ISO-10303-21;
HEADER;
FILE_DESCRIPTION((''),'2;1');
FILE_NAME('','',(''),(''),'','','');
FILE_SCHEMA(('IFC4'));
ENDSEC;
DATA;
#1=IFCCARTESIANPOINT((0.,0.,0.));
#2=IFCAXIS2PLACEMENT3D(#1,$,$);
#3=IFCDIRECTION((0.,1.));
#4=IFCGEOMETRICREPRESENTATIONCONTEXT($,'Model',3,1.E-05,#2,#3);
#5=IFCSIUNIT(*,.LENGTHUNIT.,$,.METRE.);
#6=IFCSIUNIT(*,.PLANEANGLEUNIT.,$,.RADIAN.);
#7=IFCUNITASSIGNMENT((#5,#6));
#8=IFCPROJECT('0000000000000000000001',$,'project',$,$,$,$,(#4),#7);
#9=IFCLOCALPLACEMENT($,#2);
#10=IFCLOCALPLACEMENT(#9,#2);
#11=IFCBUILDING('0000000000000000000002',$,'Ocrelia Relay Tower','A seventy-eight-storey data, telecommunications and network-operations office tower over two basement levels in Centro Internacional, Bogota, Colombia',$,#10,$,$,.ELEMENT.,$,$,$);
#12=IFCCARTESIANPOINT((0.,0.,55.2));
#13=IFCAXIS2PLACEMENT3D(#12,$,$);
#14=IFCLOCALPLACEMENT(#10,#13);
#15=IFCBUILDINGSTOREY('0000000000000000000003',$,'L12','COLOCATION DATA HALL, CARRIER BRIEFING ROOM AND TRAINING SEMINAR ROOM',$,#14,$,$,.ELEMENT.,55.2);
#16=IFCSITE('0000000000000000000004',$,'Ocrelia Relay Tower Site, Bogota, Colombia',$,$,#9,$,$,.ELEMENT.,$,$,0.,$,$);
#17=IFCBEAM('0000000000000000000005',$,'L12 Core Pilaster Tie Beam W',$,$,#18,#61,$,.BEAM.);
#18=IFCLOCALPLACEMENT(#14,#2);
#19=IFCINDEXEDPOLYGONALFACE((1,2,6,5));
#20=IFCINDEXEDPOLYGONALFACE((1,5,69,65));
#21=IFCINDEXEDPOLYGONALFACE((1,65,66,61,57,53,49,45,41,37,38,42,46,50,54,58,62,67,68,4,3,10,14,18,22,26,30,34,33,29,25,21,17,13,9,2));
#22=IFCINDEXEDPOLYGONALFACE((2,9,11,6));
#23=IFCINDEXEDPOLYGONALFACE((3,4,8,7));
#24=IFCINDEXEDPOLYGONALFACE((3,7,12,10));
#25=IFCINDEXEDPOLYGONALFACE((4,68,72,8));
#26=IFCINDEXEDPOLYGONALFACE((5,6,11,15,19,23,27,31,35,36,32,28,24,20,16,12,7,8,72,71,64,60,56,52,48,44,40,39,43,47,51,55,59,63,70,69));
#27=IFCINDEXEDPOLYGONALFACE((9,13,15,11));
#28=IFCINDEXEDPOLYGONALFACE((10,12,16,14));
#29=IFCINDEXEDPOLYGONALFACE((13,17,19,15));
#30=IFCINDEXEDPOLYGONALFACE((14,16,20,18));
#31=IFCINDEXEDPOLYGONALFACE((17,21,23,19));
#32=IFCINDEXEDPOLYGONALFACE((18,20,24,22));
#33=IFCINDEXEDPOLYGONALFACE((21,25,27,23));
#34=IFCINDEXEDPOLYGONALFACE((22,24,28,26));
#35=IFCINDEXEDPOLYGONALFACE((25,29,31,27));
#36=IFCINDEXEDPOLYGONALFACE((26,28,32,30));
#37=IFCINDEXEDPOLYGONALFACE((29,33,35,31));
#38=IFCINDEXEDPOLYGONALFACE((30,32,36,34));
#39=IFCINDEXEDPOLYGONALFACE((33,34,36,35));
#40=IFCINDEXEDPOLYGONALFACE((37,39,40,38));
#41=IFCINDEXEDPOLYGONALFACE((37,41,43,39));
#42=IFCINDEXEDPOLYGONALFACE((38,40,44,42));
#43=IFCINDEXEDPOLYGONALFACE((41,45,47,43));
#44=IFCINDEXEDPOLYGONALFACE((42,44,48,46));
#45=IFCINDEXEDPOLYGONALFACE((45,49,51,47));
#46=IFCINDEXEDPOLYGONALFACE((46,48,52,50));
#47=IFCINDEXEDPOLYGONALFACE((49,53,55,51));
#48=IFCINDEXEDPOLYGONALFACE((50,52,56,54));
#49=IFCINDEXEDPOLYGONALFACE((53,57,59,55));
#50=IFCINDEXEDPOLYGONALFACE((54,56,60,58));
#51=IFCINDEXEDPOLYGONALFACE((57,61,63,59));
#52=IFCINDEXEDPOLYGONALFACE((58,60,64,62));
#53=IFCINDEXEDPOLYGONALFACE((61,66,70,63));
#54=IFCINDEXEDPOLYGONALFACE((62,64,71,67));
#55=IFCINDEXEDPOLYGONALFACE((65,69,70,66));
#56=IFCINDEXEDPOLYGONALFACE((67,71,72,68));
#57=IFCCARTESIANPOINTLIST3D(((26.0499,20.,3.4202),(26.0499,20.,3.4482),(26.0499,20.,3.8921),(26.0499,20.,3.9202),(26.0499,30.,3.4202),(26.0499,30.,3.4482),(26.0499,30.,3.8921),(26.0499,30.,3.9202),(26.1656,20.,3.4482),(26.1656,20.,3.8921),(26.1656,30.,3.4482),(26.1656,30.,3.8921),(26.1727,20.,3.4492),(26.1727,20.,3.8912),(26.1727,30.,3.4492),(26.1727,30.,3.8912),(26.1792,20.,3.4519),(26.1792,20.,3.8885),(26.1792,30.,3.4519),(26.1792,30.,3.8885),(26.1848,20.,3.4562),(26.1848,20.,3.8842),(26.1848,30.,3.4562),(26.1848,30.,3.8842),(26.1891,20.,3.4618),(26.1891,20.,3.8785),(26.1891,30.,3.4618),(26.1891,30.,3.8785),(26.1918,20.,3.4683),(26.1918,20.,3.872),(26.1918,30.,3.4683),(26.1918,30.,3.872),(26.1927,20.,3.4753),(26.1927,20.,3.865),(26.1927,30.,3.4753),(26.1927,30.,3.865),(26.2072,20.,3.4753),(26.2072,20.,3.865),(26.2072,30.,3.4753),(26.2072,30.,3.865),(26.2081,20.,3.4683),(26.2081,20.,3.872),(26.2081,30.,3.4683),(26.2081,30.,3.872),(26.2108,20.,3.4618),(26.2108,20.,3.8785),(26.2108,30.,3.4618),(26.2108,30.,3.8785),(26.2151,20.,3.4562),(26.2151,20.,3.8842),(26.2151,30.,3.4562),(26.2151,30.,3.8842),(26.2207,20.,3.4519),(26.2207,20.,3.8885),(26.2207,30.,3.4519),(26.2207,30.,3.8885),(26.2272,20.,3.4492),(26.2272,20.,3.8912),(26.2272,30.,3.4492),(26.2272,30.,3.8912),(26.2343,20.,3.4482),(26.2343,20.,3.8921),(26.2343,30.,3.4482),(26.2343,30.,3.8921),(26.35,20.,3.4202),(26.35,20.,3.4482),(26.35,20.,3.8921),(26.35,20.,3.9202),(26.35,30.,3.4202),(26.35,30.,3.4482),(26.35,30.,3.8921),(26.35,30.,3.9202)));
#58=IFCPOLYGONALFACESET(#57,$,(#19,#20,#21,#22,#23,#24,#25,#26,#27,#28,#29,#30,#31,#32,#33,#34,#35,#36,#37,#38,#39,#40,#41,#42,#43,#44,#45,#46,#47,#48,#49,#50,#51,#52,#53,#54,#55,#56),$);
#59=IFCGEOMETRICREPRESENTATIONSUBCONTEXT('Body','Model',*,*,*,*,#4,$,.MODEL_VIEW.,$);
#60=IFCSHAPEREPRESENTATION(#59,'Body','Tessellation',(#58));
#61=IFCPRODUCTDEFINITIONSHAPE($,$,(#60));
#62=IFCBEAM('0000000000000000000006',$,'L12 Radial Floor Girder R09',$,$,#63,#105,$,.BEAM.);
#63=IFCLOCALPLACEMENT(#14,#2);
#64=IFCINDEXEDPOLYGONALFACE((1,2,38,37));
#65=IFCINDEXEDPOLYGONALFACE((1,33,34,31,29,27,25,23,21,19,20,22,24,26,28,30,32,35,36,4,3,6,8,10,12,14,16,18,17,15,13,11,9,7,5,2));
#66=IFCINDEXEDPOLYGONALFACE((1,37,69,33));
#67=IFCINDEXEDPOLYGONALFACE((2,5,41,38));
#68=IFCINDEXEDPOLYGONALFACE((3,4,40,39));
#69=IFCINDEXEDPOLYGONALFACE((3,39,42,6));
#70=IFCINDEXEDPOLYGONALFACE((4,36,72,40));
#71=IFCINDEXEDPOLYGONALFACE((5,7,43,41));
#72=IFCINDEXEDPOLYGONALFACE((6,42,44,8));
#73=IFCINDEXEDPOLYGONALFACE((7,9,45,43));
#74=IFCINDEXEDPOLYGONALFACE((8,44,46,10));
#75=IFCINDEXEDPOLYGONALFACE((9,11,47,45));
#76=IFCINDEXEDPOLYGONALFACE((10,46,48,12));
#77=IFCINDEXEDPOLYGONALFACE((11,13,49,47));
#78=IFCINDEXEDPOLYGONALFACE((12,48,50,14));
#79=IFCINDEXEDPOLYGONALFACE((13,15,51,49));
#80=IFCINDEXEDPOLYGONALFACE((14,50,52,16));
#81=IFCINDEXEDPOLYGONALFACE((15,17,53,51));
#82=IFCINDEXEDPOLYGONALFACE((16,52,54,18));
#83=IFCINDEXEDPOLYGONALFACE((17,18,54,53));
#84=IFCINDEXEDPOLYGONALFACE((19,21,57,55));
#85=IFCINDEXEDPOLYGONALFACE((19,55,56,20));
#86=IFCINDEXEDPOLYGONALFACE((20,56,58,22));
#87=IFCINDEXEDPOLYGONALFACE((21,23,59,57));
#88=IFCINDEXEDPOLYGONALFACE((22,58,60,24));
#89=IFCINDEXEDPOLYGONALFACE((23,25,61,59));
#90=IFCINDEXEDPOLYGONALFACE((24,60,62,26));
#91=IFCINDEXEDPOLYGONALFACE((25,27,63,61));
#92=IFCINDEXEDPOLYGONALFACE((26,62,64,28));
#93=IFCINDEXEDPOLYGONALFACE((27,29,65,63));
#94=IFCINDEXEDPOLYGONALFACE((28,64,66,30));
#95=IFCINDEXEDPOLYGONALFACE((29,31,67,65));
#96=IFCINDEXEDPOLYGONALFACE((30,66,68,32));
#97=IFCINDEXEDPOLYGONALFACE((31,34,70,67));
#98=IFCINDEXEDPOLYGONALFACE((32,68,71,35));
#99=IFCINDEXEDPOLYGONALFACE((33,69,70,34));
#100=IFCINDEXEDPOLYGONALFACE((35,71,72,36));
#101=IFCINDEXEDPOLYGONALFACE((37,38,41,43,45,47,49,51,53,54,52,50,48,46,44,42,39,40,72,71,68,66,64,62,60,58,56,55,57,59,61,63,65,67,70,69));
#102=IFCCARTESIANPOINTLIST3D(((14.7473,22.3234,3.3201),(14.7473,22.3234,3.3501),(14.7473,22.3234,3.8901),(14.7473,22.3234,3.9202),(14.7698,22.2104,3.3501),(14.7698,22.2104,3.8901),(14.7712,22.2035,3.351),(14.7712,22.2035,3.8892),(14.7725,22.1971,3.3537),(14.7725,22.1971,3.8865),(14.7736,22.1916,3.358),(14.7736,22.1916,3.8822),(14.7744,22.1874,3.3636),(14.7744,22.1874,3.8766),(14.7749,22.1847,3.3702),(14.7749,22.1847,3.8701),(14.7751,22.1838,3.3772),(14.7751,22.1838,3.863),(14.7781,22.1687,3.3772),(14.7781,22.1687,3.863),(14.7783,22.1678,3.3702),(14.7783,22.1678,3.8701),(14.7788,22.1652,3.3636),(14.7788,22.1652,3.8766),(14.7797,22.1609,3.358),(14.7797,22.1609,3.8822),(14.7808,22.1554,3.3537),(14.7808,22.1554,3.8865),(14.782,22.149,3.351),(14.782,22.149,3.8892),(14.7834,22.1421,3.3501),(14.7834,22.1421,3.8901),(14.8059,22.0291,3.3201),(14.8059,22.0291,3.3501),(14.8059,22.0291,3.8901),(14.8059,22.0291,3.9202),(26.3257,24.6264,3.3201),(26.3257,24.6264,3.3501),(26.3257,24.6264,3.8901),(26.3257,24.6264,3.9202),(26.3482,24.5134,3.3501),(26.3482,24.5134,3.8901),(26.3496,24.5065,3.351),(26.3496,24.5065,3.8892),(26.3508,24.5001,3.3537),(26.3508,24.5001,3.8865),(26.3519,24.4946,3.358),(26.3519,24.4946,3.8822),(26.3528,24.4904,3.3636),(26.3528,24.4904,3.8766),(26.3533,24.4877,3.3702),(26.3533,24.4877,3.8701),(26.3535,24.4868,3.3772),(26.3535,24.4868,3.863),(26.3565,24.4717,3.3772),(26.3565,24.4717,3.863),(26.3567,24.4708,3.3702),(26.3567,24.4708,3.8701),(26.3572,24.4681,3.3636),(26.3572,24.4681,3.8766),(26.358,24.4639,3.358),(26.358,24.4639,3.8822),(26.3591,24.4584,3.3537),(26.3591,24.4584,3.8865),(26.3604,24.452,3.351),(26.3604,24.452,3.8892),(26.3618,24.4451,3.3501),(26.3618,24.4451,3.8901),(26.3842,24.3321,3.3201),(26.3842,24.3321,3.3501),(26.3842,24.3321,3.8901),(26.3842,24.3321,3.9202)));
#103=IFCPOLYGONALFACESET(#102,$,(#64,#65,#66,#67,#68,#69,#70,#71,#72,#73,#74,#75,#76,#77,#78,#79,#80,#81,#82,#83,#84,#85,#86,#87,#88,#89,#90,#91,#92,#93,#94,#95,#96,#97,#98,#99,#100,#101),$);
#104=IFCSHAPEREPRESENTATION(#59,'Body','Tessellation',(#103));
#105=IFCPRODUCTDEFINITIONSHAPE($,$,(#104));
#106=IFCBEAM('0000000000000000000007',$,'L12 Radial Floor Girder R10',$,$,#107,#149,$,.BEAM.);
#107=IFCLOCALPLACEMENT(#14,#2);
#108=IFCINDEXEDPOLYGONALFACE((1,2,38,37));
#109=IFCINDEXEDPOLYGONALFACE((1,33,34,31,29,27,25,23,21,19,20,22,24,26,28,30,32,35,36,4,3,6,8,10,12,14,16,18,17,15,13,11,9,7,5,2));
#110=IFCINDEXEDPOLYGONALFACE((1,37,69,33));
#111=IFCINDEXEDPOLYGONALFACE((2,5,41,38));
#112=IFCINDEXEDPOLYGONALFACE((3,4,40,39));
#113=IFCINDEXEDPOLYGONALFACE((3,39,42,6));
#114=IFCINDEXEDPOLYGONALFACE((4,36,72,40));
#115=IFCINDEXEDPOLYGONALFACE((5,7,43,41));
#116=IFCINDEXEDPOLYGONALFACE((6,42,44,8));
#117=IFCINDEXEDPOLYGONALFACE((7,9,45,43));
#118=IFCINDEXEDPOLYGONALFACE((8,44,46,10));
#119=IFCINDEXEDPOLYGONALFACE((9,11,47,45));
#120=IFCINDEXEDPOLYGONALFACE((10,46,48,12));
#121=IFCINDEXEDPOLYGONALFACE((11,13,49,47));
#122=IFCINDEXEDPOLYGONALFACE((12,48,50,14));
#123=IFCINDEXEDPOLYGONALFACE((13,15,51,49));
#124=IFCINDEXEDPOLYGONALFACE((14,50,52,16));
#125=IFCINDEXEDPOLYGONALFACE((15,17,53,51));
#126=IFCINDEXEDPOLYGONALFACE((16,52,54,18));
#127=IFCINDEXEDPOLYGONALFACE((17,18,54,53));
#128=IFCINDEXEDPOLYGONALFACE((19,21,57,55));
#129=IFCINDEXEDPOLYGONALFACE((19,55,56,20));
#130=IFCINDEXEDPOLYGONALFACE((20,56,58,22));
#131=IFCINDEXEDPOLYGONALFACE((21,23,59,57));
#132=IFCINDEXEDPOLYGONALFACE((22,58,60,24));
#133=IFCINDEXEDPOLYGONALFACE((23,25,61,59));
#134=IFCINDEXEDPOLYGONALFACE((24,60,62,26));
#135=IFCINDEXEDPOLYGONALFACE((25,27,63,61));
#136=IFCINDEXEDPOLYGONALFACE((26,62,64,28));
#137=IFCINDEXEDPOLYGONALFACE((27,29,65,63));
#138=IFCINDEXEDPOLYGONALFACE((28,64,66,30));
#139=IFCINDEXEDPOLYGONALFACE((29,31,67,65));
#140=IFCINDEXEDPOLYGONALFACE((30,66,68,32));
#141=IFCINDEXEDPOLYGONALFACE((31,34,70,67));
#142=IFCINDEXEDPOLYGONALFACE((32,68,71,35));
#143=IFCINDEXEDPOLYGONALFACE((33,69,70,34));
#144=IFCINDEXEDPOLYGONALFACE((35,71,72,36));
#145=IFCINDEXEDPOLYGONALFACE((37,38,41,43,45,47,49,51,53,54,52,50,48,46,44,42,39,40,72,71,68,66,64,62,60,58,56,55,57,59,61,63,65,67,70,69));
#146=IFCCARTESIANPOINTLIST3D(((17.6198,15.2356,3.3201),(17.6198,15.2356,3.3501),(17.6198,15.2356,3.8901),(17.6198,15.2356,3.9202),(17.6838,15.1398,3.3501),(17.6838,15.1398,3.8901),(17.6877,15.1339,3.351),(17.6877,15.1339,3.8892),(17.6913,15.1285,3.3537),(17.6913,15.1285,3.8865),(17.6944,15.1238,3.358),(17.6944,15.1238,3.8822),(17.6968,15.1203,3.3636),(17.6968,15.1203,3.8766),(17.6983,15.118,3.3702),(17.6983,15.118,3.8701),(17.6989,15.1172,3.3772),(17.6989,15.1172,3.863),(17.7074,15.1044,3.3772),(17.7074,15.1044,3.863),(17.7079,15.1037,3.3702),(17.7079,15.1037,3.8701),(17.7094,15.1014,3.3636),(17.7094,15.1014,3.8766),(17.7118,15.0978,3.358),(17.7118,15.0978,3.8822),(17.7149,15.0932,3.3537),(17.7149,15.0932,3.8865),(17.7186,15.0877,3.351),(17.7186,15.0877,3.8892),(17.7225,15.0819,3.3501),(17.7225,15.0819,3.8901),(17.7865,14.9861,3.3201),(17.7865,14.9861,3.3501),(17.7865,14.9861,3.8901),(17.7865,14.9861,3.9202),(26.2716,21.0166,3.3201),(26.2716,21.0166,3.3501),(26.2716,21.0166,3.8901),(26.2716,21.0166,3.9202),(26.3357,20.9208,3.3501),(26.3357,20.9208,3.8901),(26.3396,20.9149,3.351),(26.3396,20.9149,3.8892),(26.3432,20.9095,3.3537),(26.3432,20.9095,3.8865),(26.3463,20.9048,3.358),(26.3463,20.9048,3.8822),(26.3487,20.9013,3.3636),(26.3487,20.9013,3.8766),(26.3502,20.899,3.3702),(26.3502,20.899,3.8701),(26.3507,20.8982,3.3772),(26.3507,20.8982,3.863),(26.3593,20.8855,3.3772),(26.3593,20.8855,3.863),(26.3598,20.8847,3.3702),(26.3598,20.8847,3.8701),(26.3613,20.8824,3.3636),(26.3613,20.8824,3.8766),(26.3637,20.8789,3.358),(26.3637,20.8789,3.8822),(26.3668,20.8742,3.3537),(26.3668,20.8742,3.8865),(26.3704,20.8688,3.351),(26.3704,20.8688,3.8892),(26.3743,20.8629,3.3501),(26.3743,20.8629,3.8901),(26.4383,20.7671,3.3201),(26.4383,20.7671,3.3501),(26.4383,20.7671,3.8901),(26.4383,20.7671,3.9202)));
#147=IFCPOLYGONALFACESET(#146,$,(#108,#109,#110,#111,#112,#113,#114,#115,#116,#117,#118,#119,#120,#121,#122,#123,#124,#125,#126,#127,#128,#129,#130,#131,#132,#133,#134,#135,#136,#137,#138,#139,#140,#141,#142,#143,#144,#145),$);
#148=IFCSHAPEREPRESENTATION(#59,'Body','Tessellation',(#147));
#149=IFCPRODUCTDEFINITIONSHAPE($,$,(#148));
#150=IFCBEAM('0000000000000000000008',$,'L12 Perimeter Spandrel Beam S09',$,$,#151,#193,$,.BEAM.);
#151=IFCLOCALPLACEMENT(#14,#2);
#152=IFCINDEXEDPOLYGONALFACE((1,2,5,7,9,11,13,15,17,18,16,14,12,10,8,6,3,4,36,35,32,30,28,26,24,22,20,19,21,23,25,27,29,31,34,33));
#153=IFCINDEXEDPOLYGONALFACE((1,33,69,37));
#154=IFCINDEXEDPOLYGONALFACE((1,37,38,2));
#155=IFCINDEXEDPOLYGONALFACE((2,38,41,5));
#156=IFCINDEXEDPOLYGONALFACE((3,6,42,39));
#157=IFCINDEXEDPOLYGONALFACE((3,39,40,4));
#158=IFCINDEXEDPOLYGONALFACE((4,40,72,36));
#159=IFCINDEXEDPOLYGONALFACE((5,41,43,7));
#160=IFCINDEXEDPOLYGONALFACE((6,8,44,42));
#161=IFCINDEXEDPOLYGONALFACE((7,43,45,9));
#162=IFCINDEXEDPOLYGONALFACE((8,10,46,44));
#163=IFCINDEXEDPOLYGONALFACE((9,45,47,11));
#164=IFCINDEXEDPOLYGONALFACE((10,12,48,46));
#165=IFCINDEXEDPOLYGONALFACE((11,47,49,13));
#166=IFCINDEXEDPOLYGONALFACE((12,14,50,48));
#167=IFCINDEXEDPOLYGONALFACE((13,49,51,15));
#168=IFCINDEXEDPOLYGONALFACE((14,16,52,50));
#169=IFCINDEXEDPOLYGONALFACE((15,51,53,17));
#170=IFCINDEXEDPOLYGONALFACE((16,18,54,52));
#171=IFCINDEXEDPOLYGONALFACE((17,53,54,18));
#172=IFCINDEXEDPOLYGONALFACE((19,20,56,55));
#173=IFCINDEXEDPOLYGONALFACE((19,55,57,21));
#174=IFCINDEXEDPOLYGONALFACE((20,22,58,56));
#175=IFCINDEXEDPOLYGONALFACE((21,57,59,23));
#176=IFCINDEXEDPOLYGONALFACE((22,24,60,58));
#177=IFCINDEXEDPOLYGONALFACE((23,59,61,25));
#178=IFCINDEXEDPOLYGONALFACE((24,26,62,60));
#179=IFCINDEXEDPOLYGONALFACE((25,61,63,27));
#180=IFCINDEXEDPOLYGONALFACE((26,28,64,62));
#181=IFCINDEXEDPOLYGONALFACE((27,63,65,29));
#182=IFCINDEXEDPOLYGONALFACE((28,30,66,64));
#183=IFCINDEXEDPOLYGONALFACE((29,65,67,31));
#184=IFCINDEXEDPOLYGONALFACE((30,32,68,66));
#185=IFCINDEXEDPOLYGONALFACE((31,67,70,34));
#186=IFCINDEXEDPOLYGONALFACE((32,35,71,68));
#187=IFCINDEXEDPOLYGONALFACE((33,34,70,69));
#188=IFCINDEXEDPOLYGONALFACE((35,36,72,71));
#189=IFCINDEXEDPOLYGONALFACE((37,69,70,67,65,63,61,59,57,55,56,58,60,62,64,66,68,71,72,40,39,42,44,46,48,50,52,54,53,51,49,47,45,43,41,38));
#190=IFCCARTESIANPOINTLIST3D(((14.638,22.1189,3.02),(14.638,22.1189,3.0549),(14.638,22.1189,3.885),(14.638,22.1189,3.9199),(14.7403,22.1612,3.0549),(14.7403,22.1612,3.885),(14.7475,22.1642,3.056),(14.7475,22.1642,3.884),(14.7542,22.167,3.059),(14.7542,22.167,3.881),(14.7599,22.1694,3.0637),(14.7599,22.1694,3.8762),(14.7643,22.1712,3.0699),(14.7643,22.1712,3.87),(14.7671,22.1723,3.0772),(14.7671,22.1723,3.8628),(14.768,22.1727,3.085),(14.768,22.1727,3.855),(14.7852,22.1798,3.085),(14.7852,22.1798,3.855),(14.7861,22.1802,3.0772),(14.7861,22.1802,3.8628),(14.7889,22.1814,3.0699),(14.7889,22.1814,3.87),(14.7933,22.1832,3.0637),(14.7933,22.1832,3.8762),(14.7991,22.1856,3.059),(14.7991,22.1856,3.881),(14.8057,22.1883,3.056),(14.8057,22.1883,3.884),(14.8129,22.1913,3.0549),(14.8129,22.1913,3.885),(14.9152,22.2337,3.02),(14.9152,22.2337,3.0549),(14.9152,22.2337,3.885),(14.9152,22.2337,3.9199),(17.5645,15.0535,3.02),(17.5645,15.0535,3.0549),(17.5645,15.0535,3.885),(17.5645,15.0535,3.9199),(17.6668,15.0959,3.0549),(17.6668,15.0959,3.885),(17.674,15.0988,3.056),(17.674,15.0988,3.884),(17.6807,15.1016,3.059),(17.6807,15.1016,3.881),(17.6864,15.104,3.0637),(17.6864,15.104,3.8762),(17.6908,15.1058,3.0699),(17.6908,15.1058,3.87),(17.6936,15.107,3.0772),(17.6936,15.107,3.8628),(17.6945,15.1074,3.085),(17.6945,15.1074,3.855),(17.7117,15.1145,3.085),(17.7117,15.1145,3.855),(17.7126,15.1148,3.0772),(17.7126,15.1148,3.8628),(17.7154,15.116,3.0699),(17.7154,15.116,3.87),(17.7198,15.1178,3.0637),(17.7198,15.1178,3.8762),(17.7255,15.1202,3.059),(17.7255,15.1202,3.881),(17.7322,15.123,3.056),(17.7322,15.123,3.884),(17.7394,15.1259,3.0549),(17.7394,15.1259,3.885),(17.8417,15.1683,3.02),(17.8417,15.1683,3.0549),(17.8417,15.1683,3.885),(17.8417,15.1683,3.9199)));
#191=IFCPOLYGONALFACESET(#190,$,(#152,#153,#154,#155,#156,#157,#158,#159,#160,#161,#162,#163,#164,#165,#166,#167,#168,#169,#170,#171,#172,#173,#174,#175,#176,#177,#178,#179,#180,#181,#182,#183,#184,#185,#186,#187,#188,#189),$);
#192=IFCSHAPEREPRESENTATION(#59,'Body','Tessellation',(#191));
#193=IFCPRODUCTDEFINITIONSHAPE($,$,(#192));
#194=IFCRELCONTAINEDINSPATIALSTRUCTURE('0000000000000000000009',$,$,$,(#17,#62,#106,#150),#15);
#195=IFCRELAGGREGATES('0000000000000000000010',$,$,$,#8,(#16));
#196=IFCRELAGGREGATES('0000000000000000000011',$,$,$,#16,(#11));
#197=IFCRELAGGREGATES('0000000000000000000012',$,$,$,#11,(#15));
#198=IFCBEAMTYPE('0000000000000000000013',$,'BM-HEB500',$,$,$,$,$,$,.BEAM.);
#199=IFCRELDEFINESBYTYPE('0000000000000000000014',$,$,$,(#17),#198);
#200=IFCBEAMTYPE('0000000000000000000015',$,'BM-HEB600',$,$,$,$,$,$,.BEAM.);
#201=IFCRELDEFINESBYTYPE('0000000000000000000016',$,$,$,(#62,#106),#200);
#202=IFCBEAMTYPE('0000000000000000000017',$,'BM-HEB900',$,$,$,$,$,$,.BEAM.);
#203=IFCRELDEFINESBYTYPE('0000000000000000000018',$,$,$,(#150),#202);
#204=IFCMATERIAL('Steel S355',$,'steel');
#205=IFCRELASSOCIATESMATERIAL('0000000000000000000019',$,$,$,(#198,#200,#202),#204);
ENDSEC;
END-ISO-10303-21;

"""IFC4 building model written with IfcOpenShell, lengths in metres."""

from ifc_helpers import new_model, si_unit, direction, frame, origin, origin_2d, place, context, subcontext, project, spatial, i_section, extrude, material, material_profile, profile_set, type_object, element, save


model = new_model("IFC4")

# Units and contexts
model_context = context("Model", 3, precision=1e-05, world=origin(), true_north=direction((0.0, 1.0)))
body_context = subcontext(model_context, "Body", "Model", "MODEL_VIEW")
ifc_project = project(units=[si_unit("LENGTHUNIT", "METRE"), si_unit("PLANEANGLEUNIT", "RADIAN")], contexts=[model_context])

# Site, building, storey
site_placement = place(None, origin())
site = spatial("IfcSite", under=ifc_project, at=site_placement, Name="Ocrelia Relay Tower Site, Bogota, Colombia", CompositionType="ELEMENT", RefElevation=0.0)
building_placement = place(site_placement, origin())
building = spatial("IfcBuilding", under=site, at=building_placement, Name="Ocrelia Relay Tower", Description="A seventy-eight-storey data, telecommunications and network-operations office tower over two basement levels in Centro Internacional, Bogota, Colombia", CompositionType="ELEMENT")
storey_placement = place(building_placement, frame((0.0, 0.0, 55.2)))
storey = spatial("IfcBuildingStorey", under=building, at=storey_placement, Name="L12", Description="COLOCATION DATA HALL, CARRIER BRIEFING ROOM AND TRAINING SEMINAR ROOM", CompositionType="ELEMENT", Elevation=55.2)

# Beams
ifc_material_1 = material(Name="Steel S355", Category="steel")
ifc_material_profile_1 = material_profile(ifc_material_1, i_section(OverallWidth=0.3, OverallDepth=0.5, WebThickness=0.0144, FlangeThickness=0.0281, FilletRadius=0.0271, at=origin_2d()), Name="HEB 500")
ifc_profile_set_1 = profile_set([ifc_material_profile_1], Name="Steel S355")
beam_type_1 = type_object("IfcBeamType", Name="BM-HEB500", PredefinedType="BEAM", material=ifc_profile_set_1)
beam_1_placement = place(storey_placement, frame((26.2, 20.0, 3.6702), z_axis=(0.0, 1.0, 0.0), x_axis=(-1.0, 0.0, 0.0)))
element("IfcBeam", 1, at=beam_1_placement, inside=storey, type_object=beam_type_1, Name="L12 Core Pilaster Tie Beam W", PredefinedType="BEAM", context=body_context, shape_type="SweptSolid", body=[
    extrude(i_section(OverallWidth=0.3, OverallDepth=0.5, WebThickness=0.0144, FlangeThickness=0.0281, FilletRadius=0.0271, at=origin_2d()), origin(), (0.0, 0.0, 1.0), 10.0),
])
ifc_material_profile_2 = material_profile(ifc_material_1, i_section(OverallWidth=0.3, OverallDepth=0.6001, WebThickness=0.0154, FlangeThickness=0.03, FilletRadius=0.0271, at=origin_2d()), Name="HEB 600")
ifc_profile_set_2 = profile_set([ifc_material_profile_2], Name="Steel S355")
beam_type_2 = type_object("IfcBeamType", Name="BM-HEB600", PredefinedType="BEAM", material=ifc_profile_set_2)
beam_2_placement = place(storey_placement, frame((14.7766, 22.1763, 3.6201), z_axis=(0.980787, 0.195082, 0.0), x_axis=(-0.195082, 0.980787, 0.0)))
element("IfcBeam", 2, at=beam_2_placement, inside=storey, type_object=beam_type_2, Name="L12 Radial Floor Girder R09", PredefinedType="BEAM", context=body_context, shape_type="SweptSolid", body=[
    extrude(i_section(OverallWidth=0.3, OverallDepth=0.6001, WebThickness=0.0154, FlangeThickness=0.03, FilletRadius=0.0271, at=origin_2d()), origin(), (0.0, 0.0, 1.0), 11.8052),
])
beam_3_placement = place(storey_placement, frame((17.7031, 15.1108, 3.6201), z_axis=(0.831469, 0.555572, 0.0), x_axis=(-0.555572, 0.831469, 0.0)))
element("IfcBeam", 3, at=beam_3_placement, inside=storey, type_object=beam_type_2, Name="L12 Radial Floor Girder R10", PredefinedType="BEAM", context=body_context, shape_type="SweptSolid", body=[
    extrude(i_section(OverallWidth=0.3, OverallDepth=0.6001, WebThickness=0.0154, FlangeThickness=0.03, FilletRadius=0.0271, at=origin_2d()), origin(), (0.0, 0.0, 1.0), 10.4055),
])
ifc_material_profile_3 = material_profile(ifc_material_1, i_section(OverallWidth=0.3, OverallDepth=0.8999, WebThickness=0.0186, FlangeThickness=0.0349, FilletRadius=0.03, at=origin_2d()), Name="HEB 900")
ifc_profile_set_3 = profile_set([ifc_material_profile_3], Name="Steel S355")
beam_type_3 = type_object("IfcBeamType", Name="BM-HEB900", PredefinedType="BEAM", material=ifc_profile_set_3)
beam_4_placement = place(storey_placement, frame((14.7766, 22.1763, 3.47), z_axis=(0.382674, -0.923883, 0.0), x_axis=(0.923883, 0.382674, 0.0)))
element("IfcBeam", 4, at=beam_4_placement, inside=storey, type_object=beam_type_3, Name="L12 Perimeter Spandrel Beam S09", PredefinedType="BEAM", context=body_context, shape_type="SweptSolid", body=[
    extrude(i_section(OverallWidth=0.3, OverallDepth=0.8999, WebThickness=0.0186, FlangeThickness=0.0349, FilletRadius=0.03, at=origin_2d()), origin(), (0.0, 0.0, 1.0), 7.6475),
])

save(model, "model.ifc")
